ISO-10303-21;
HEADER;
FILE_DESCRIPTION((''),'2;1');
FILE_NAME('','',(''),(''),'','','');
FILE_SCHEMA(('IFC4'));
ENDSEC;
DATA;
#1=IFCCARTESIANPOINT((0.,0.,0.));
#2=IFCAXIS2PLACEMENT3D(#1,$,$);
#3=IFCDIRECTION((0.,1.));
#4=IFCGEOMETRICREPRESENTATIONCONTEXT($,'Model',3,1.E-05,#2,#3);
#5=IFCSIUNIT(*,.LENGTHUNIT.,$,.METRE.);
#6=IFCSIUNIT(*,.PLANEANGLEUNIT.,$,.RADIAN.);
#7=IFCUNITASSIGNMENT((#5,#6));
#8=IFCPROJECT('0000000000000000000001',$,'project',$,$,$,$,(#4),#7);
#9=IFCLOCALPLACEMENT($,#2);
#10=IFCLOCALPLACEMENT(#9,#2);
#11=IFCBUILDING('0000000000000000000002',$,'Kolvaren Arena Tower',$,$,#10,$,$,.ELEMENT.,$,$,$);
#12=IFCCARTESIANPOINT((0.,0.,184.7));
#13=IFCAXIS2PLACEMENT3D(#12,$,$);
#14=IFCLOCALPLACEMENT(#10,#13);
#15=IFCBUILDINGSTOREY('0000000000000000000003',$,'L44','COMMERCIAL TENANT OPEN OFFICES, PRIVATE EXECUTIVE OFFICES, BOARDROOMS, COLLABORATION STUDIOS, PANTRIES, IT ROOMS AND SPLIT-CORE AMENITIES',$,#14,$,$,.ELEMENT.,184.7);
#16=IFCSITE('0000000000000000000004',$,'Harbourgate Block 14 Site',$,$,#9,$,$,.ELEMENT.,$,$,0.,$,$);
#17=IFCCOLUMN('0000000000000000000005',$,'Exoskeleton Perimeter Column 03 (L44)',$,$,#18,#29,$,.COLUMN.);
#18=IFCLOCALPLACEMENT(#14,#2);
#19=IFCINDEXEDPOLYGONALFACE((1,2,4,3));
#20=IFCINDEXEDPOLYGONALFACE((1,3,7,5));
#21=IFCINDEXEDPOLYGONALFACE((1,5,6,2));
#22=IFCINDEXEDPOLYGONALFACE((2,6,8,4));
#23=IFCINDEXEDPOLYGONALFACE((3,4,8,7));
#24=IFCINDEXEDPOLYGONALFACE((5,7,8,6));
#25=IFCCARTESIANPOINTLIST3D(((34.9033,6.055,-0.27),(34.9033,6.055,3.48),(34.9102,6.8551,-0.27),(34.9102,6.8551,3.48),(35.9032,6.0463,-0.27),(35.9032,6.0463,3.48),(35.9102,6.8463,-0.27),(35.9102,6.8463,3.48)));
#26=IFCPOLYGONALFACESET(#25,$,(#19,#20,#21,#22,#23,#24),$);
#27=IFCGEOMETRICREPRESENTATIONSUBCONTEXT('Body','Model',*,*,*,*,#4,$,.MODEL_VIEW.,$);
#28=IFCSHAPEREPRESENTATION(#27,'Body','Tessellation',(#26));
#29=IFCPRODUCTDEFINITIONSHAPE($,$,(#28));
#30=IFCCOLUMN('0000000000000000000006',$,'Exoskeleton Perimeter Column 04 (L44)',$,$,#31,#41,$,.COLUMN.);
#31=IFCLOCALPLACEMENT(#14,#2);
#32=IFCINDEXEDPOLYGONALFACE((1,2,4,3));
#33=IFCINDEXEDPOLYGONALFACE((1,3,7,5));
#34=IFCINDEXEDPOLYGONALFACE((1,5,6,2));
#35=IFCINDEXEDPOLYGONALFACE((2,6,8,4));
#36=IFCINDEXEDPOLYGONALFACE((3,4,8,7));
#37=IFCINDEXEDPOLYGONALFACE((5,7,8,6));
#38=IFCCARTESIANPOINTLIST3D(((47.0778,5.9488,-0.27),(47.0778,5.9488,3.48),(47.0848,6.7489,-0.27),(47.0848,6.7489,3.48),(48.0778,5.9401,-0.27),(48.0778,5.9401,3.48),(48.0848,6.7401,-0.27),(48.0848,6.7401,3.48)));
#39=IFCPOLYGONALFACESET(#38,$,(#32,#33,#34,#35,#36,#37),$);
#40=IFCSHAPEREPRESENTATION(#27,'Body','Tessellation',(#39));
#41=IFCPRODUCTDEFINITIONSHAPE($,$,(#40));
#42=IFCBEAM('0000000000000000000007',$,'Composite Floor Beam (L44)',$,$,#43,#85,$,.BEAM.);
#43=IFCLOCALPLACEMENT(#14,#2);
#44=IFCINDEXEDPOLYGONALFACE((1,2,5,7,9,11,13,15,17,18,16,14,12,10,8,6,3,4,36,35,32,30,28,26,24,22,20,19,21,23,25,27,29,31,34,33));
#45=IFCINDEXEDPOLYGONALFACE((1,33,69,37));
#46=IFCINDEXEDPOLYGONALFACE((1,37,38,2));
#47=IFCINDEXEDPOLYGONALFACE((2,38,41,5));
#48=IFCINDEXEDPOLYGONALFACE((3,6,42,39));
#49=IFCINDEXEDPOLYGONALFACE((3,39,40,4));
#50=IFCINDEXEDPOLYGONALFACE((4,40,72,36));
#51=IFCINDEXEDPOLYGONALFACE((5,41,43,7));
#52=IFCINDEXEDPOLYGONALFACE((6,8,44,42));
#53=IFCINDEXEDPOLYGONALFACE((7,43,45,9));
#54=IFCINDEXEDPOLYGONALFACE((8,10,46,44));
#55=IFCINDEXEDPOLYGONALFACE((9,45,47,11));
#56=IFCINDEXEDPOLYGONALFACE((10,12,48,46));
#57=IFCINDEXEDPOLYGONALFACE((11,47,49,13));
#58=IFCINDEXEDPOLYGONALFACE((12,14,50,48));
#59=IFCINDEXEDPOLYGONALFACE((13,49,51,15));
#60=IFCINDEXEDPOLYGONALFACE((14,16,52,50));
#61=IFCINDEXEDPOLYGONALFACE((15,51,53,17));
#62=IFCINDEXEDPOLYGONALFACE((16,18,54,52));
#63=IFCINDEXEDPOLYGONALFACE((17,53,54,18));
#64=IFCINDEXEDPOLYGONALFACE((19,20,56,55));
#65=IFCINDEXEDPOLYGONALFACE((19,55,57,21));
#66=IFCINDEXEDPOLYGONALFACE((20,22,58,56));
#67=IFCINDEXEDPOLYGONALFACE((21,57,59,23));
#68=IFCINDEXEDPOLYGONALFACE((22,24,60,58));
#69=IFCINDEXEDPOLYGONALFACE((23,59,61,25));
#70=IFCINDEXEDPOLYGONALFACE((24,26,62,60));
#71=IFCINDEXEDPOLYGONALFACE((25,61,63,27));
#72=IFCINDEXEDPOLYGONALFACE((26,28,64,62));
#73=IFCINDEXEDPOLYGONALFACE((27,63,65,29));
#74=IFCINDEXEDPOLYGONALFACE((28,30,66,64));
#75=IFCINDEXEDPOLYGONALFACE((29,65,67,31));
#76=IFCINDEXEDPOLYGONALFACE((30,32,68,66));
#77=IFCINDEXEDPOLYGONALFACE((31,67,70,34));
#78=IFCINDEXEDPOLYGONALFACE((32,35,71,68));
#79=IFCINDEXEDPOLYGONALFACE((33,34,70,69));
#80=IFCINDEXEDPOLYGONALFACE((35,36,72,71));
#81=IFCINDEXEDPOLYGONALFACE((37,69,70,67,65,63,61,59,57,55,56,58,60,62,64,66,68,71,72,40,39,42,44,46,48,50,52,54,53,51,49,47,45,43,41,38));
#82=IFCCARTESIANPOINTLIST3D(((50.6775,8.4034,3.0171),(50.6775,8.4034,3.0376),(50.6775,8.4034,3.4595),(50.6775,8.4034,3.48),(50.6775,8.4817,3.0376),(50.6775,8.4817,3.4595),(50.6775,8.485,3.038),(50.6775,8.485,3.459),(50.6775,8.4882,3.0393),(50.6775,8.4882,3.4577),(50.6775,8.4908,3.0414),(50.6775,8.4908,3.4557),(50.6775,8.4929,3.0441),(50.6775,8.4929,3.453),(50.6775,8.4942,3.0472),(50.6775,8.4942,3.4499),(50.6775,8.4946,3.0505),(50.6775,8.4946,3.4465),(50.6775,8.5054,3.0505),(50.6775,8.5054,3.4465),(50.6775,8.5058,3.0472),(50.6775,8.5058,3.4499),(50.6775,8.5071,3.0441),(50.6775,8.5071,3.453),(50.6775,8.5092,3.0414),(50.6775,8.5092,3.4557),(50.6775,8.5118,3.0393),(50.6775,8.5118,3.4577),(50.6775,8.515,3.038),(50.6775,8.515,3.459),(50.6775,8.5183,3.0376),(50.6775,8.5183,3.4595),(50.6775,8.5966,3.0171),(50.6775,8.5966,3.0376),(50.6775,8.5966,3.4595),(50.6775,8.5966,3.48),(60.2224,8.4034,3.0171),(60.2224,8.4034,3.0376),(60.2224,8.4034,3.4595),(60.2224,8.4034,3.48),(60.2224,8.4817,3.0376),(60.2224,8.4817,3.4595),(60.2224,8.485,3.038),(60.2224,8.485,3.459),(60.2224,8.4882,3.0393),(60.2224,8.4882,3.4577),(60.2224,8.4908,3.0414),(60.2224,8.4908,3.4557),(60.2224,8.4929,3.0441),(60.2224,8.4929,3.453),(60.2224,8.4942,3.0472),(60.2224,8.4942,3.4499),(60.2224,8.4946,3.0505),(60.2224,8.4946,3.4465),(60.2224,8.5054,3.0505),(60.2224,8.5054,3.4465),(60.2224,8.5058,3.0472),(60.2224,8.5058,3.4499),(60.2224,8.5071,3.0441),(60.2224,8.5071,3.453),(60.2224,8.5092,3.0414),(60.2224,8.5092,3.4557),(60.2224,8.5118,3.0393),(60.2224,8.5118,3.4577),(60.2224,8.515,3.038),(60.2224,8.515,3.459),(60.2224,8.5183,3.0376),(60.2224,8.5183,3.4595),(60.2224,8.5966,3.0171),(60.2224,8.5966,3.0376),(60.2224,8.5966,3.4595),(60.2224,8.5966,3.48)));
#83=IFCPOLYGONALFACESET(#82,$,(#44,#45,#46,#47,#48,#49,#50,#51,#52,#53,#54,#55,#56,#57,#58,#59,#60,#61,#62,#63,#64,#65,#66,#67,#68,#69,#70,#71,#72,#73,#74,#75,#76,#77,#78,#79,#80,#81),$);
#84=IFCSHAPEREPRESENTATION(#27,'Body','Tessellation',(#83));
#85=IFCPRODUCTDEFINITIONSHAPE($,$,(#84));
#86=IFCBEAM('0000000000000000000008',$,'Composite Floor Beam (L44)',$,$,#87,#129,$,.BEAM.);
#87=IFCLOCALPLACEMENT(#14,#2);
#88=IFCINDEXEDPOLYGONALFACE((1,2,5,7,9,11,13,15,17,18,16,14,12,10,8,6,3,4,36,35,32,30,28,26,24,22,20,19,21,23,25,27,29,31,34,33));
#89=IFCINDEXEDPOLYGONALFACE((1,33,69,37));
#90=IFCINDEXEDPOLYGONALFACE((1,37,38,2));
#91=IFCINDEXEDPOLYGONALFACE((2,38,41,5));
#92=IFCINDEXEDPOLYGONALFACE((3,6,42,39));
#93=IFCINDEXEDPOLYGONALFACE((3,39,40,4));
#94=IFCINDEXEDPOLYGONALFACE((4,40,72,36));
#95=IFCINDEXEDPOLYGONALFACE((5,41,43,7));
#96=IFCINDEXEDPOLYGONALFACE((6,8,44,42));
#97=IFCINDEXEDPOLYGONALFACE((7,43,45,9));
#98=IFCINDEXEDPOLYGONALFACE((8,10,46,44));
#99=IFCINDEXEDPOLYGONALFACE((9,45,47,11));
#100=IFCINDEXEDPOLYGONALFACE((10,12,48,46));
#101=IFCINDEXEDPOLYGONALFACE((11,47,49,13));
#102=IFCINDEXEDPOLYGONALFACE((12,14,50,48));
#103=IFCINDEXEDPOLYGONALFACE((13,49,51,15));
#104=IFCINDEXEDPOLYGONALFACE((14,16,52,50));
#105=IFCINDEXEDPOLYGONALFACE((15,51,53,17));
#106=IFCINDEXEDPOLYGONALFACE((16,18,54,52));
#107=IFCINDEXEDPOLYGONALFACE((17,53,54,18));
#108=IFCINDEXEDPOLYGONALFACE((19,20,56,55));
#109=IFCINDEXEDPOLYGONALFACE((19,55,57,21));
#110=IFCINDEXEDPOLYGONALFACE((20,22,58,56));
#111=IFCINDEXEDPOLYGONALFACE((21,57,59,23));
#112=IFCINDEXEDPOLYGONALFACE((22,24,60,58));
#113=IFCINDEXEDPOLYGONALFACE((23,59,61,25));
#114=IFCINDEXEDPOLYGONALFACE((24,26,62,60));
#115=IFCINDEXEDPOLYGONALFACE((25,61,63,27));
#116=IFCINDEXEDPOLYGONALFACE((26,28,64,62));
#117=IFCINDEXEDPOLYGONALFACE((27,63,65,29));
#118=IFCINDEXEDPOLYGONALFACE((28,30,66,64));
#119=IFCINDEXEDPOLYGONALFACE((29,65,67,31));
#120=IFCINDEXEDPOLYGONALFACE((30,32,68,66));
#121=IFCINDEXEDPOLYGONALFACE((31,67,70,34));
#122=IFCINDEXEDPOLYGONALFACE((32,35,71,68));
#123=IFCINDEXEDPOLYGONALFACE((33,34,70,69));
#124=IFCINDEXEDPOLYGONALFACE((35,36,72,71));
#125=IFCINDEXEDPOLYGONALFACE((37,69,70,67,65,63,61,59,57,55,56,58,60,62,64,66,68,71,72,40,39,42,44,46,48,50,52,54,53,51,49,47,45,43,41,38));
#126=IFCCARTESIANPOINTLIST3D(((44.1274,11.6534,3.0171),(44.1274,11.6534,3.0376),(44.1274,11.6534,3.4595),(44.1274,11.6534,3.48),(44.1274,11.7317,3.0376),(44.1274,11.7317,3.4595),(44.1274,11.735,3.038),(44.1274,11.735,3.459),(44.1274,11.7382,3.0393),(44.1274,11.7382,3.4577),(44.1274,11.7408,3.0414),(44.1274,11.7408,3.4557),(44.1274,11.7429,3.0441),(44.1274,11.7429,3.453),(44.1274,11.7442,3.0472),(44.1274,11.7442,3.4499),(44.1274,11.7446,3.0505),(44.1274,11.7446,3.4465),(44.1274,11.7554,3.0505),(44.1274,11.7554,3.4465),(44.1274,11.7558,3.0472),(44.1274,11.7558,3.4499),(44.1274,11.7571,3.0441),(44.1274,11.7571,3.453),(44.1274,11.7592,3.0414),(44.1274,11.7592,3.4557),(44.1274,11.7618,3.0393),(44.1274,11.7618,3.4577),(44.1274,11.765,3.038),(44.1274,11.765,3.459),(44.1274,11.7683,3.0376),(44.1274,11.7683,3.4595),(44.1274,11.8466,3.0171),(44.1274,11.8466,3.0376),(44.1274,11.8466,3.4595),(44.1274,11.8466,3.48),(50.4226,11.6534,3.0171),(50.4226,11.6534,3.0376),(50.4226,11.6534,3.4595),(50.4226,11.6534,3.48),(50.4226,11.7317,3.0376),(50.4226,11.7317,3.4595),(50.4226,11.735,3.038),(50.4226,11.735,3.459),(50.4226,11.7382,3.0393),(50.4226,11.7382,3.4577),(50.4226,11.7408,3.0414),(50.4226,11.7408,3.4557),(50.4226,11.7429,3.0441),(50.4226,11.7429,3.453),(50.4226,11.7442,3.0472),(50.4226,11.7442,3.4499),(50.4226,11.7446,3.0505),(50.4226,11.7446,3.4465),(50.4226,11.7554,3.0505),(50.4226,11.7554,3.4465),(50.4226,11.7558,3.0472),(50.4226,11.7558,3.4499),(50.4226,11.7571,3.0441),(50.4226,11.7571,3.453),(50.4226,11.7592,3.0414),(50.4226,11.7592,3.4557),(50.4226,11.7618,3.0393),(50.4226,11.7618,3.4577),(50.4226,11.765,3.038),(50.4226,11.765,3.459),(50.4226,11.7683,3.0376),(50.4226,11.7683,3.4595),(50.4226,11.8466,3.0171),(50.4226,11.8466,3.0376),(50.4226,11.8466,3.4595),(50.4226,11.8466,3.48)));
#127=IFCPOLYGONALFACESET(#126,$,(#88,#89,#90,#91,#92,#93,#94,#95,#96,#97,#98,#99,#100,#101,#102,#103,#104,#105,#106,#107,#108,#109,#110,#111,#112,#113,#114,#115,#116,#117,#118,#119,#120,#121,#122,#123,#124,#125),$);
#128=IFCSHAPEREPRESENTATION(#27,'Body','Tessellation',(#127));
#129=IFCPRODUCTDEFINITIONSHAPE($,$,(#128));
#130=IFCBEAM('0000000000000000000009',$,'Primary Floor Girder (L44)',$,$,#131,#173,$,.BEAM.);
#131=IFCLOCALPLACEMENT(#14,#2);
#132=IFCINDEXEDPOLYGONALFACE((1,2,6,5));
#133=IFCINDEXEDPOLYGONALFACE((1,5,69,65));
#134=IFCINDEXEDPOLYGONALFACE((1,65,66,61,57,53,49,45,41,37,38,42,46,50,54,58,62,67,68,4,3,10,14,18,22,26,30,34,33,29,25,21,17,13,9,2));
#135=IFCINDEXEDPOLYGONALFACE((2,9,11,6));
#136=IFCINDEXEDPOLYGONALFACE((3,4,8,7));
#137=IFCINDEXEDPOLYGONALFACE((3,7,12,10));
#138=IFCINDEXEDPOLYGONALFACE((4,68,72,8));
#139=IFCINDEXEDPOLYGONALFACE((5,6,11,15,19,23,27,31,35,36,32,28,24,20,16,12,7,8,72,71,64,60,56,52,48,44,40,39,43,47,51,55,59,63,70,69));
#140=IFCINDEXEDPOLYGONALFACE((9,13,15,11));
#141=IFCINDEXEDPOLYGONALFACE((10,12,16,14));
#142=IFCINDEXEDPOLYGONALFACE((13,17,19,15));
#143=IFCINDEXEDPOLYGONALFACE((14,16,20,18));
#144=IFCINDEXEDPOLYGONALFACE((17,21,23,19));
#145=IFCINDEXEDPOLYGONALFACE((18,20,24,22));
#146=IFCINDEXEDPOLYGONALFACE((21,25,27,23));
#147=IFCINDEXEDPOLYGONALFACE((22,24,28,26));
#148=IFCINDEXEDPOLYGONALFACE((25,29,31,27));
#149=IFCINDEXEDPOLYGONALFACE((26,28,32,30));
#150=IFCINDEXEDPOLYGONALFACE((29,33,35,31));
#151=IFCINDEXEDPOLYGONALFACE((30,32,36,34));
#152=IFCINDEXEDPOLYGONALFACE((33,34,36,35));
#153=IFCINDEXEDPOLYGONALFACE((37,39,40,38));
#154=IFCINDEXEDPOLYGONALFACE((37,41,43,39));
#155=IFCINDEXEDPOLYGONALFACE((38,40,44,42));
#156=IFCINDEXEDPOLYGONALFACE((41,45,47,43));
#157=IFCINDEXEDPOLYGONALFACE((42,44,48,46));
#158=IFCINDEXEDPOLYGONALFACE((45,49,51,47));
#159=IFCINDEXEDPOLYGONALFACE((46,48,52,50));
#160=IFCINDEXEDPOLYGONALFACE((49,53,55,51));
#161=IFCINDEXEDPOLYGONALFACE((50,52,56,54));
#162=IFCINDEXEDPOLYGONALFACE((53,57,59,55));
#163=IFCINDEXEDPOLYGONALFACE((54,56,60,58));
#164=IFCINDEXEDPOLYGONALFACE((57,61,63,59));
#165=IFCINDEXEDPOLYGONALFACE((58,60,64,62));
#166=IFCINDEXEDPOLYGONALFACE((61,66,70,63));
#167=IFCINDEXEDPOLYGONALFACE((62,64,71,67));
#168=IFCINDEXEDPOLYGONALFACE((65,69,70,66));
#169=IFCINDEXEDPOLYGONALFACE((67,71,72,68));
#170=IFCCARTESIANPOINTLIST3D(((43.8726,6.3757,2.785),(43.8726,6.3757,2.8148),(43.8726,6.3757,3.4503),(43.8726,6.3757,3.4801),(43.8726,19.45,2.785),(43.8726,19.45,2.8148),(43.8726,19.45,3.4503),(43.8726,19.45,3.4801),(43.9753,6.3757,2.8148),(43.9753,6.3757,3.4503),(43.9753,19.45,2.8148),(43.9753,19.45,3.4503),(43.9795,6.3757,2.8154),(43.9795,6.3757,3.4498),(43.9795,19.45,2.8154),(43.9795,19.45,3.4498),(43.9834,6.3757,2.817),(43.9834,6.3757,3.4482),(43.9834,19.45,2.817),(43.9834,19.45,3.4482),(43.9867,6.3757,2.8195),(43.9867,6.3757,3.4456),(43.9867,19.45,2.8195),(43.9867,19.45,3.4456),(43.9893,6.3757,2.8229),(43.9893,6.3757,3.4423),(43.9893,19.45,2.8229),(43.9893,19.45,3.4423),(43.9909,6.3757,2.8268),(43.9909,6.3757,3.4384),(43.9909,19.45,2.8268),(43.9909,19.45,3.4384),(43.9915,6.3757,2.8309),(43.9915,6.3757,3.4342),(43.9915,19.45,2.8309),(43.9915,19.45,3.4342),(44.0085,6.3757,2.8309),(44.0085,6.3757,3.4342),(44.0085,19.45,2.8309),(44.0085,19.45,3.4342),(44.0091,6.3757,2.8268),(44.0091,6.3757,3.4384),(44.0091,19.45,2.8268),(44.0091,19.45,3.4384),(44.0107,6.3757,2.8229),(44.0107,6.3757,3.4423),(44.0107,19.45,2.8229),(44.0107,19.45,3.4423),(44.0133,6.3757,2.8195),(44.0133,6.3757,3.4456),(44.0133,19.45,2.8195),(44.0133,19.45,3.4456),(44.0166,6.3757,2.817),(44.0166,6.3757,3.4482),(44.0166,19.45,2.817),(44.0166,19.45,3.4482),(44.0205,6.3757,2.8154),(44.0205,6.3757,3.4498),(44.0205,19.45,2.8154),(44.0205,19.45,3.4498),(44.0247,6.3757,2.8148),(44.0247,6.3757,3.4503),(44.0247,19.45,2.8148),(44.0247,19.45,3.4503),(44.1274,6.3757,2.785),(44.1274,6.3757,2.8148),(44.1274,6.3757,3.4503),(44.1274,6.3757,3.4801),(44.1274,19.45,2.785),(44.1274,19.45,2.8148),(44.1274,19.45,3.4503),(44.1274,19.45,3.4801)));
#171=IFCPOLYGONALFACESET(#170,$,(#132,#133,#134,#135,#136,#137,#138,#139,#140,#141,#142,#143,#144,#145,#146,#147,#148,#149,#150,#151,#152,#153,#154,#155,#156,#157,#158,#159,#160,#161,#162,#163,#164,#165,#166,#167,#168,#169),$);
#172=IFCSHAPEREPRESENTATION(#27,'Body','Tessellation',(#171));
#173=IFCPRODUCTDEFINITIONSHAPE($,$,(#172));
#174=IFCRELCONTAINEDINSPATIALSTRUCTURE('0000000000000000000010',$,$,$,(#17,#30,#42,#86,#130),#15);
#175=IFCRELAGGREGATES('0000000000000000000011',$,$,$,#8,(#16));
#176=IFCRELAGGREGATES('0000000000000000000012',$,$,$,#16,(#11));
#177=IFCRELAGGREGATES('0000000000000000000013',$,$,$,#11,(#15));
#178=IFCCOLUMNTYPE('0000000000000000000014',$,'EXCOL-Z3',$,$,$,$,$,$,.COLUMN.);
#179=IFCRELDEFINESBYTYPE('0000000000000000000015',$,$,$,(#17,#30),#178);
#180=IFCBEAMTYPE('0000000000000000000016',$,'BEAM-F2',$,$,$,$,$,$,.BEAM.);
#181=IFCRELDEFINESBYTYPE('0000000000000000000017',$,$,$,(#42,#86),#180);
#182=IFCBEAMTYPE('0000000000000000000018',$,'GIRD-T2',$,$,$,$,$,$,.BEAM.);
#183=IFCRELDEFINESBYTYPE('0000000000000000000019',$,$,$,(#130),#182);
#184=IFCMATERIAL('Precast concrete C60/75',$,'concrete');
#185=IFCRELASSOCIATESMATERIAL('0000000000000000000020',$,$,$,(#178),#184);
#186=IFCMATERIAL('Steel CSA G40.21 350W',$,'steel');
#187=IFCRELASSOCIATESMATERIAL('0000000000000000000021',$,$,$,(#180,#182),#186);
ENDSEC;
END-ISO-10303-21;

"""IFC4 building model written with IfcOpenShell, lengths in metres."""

from ifc_helpers import new_model, si_unit, direction, frame, origin, origin_2d, place, context, subcontext, project, spatial, rectangle, i_section, extrude, material, material_profile, profile_set, type_object, element, save


model = new_model("IFC4")

# Units and contexts
model_context = context("Model", 3, precision=1e-05, world=origin(), true_north=direction((0.0, 1.0)))
body_context = subcontext(model_context, "Body", "Model", "MODEL_VIEW")
ifc_project = project(units=[si_unit("LENGTHUNIT", "METRE"), si_unit("PLANEANGLEUNIT", "RADIAN")], contexts=[model_context])

# Site, building, storey
site_placement = place(None, origin())
site = spatial("IfcSite", under=ifc_project, at=site_placement, Name="Harbourgate Block 14 Site", CompositionType="ELEMENT", RefElevation=0.0)
building_placement = place(site_placement, origin())
building = spatial("IfcBuilding", under=site, at=building_placement, Name="Kolvaren Arena Tower", CompositionType="ELEMENT")
storey_placement = place(building_placement, frame((0.0, 0.0, 184.7)))
storey = spatial("IfcBuildingStorey", under=building, at=storey_placement, Name="L44", Description="COMMERCIAL TENANT OPEN OFFICES, PRIVATE EXECUTIVE OFFICES, BOARDROOMS, COLLABORATION STUDIOS, PANTRIES, IT ROOMS AND SPLIT-CORE AMENITIES", CompositionType="ELEMENT", Elevation=184.7)

# Columns
ifc_material_1 = material(Name="Precast concrete C60/75", Category="concrete")
ifc_material_profile_1 = material_profile(ifc_material_1, rectangle(XDim=1.0, YDim=0.8, at=origin_2d()), Name="RC-1000x800")
ifc_profile_set_1 = profile_set([ifc_material_profile_1], Name="Precast concrete C60/75")
column_type = type_object("IfcColumnType", Name="EXCOL-Z3", PredefinedType="COLUMN", material=ifc_profile_set_1)
for number, where, z_axis, x_axis, name in (
    (1, (35.4067, 6.4507, -0.27), (0.0, 0.0, 1.0), (0.999962, -0.008727, 0.0), "Exoskeleton Perimeter Column 03 (L44)"),
    (2, (47.5813, 6.3445, -0.27), (0.0, 0.0, 1.0), (0.999962, -0.008727, 0.0), "Exoskeleton Perimeter Column 04 (L44)"),
):
    element("IfcColumn", number, at=place(storey_placement, frame(where, z_axis=z_axis, x_axis=x_axis)), inside=storey, type_object=column_type, Name=name, PredefinedType="COLUMN", context=body_context, shape_type="SweptSolid", body=[
        extrude(rectangle(XDim=1.0, YDim=0.8, at=origin_2d()), origin(), (0.0, 0.0, 1.0), 3.75),
    ])

# Beams
ifc_material_2 = material(Name="Steel CSA G40.21 350W", Category="steel")
ifc_material_profile_2 = material_profile(ifc_material_2, i_section(OverallWidth=0.1931, OverallDepth=0.4629, WebThickness=0.0107, FlangeThickness=0.0205, FilletRadius=0.0129, at=origin_2d()), Name="W460x113")
ifc_profile_set_2 = profile_set([ifc_material_profile_2], Name="Steel CSA G40.21 350W")
beam_type_1 = type_object("IfcBeamType", Name="BEAM-F2", PredefinedType="BEAM", material=ifc_profile_set_2)
beam_1_placement = place(storey_placement, frame((50.6775, 8.5, 3.2485), z_axis=(1.0, 0.0, 0.0), x_axis=(0.0, 1.0, 0.0)))
element("IfcBeam", 3, at=beam_1_placement, inside=storey, type_object=beam_type_1, Name="Composite Floor Beam (L44)", PredefinedType="BEAM", context=body_context, shape_type="SweptSolid", body=[
    extrude(i_section(OverallWidth=0.1931, OverallDepth=0.4629, WebThickness=0.0107, FlangeThickness=0.0205, FilletRadius=0.0129, at=origin_2d()), origin(), (0.0, 0.0, 1.0), 9.5449),
])
beam_2_placement = place(storey_placement, frame((44.1274, 11.75, 3.2485), z_axis=(1.0, 0.0, 0.0), x_axis=(0.0, 1.0, 0.0)))
element("IfcBeam", 4, at=beam_2_placement, inside=storey, type_object=beam_type_1, Name="Composite Floor Beam (L44)", PredefinedType="BEAM", context=body_context, shape_type="SweptSolid", body=[
    extrude(i_section(OverallWidth=0.1931, OverallDepth=0.4629, WebThickness=0.0107, FlangeThickness=0.0205, FilletRadius=0.0129, at=origin_2d()), origin(), (0.0, 0.0, 1.0), 6.2952),
])
ifc_material_profile_3 = material_profile(ifc_material_2, i_section(OverallWidth=0.2549, OverallDepth=0.6951, WebThickness=0.0171, FlangeThickness=0.0298, FilletRadius=0.0161, at=origin_2d()), Name="W690x217")
ifc_profile_set_3 = profile_set([ifc_material_profile_3], Name="Steel CSA G40.21 350W")
beam_type_2 = type_object("IfcBeamType", Name="GIRD-T2", PredefinedType="BEAM", material=ifc_profile_set_3)
beam_3_placement = place(storey_placement, frame((44.0, 6.3757, 3.1326), z_axis=(0.0, 1.0, 0.0), x_axis=(-1.0, 0.0, 0.0)))
element("IfcBeam", 5, at=beam_3_placement, inside=storey, type_object=beam_type_2, Name="Primary Floor Girder (L44)", PredefinedType="BEAM", context=body_context, shape_type="SweptSolid", body=[
    extrude(i_section(OverallWidth=0.2549, OverallDepth=0.6951, WebThickness=0.0171, FlangeThickness=0.0298, FilletRadius=0.0161, at=origin_2d()), origin(), (0.0, 0.0, 1.0), 13.0742),
])

save(model, "model.ifc")
